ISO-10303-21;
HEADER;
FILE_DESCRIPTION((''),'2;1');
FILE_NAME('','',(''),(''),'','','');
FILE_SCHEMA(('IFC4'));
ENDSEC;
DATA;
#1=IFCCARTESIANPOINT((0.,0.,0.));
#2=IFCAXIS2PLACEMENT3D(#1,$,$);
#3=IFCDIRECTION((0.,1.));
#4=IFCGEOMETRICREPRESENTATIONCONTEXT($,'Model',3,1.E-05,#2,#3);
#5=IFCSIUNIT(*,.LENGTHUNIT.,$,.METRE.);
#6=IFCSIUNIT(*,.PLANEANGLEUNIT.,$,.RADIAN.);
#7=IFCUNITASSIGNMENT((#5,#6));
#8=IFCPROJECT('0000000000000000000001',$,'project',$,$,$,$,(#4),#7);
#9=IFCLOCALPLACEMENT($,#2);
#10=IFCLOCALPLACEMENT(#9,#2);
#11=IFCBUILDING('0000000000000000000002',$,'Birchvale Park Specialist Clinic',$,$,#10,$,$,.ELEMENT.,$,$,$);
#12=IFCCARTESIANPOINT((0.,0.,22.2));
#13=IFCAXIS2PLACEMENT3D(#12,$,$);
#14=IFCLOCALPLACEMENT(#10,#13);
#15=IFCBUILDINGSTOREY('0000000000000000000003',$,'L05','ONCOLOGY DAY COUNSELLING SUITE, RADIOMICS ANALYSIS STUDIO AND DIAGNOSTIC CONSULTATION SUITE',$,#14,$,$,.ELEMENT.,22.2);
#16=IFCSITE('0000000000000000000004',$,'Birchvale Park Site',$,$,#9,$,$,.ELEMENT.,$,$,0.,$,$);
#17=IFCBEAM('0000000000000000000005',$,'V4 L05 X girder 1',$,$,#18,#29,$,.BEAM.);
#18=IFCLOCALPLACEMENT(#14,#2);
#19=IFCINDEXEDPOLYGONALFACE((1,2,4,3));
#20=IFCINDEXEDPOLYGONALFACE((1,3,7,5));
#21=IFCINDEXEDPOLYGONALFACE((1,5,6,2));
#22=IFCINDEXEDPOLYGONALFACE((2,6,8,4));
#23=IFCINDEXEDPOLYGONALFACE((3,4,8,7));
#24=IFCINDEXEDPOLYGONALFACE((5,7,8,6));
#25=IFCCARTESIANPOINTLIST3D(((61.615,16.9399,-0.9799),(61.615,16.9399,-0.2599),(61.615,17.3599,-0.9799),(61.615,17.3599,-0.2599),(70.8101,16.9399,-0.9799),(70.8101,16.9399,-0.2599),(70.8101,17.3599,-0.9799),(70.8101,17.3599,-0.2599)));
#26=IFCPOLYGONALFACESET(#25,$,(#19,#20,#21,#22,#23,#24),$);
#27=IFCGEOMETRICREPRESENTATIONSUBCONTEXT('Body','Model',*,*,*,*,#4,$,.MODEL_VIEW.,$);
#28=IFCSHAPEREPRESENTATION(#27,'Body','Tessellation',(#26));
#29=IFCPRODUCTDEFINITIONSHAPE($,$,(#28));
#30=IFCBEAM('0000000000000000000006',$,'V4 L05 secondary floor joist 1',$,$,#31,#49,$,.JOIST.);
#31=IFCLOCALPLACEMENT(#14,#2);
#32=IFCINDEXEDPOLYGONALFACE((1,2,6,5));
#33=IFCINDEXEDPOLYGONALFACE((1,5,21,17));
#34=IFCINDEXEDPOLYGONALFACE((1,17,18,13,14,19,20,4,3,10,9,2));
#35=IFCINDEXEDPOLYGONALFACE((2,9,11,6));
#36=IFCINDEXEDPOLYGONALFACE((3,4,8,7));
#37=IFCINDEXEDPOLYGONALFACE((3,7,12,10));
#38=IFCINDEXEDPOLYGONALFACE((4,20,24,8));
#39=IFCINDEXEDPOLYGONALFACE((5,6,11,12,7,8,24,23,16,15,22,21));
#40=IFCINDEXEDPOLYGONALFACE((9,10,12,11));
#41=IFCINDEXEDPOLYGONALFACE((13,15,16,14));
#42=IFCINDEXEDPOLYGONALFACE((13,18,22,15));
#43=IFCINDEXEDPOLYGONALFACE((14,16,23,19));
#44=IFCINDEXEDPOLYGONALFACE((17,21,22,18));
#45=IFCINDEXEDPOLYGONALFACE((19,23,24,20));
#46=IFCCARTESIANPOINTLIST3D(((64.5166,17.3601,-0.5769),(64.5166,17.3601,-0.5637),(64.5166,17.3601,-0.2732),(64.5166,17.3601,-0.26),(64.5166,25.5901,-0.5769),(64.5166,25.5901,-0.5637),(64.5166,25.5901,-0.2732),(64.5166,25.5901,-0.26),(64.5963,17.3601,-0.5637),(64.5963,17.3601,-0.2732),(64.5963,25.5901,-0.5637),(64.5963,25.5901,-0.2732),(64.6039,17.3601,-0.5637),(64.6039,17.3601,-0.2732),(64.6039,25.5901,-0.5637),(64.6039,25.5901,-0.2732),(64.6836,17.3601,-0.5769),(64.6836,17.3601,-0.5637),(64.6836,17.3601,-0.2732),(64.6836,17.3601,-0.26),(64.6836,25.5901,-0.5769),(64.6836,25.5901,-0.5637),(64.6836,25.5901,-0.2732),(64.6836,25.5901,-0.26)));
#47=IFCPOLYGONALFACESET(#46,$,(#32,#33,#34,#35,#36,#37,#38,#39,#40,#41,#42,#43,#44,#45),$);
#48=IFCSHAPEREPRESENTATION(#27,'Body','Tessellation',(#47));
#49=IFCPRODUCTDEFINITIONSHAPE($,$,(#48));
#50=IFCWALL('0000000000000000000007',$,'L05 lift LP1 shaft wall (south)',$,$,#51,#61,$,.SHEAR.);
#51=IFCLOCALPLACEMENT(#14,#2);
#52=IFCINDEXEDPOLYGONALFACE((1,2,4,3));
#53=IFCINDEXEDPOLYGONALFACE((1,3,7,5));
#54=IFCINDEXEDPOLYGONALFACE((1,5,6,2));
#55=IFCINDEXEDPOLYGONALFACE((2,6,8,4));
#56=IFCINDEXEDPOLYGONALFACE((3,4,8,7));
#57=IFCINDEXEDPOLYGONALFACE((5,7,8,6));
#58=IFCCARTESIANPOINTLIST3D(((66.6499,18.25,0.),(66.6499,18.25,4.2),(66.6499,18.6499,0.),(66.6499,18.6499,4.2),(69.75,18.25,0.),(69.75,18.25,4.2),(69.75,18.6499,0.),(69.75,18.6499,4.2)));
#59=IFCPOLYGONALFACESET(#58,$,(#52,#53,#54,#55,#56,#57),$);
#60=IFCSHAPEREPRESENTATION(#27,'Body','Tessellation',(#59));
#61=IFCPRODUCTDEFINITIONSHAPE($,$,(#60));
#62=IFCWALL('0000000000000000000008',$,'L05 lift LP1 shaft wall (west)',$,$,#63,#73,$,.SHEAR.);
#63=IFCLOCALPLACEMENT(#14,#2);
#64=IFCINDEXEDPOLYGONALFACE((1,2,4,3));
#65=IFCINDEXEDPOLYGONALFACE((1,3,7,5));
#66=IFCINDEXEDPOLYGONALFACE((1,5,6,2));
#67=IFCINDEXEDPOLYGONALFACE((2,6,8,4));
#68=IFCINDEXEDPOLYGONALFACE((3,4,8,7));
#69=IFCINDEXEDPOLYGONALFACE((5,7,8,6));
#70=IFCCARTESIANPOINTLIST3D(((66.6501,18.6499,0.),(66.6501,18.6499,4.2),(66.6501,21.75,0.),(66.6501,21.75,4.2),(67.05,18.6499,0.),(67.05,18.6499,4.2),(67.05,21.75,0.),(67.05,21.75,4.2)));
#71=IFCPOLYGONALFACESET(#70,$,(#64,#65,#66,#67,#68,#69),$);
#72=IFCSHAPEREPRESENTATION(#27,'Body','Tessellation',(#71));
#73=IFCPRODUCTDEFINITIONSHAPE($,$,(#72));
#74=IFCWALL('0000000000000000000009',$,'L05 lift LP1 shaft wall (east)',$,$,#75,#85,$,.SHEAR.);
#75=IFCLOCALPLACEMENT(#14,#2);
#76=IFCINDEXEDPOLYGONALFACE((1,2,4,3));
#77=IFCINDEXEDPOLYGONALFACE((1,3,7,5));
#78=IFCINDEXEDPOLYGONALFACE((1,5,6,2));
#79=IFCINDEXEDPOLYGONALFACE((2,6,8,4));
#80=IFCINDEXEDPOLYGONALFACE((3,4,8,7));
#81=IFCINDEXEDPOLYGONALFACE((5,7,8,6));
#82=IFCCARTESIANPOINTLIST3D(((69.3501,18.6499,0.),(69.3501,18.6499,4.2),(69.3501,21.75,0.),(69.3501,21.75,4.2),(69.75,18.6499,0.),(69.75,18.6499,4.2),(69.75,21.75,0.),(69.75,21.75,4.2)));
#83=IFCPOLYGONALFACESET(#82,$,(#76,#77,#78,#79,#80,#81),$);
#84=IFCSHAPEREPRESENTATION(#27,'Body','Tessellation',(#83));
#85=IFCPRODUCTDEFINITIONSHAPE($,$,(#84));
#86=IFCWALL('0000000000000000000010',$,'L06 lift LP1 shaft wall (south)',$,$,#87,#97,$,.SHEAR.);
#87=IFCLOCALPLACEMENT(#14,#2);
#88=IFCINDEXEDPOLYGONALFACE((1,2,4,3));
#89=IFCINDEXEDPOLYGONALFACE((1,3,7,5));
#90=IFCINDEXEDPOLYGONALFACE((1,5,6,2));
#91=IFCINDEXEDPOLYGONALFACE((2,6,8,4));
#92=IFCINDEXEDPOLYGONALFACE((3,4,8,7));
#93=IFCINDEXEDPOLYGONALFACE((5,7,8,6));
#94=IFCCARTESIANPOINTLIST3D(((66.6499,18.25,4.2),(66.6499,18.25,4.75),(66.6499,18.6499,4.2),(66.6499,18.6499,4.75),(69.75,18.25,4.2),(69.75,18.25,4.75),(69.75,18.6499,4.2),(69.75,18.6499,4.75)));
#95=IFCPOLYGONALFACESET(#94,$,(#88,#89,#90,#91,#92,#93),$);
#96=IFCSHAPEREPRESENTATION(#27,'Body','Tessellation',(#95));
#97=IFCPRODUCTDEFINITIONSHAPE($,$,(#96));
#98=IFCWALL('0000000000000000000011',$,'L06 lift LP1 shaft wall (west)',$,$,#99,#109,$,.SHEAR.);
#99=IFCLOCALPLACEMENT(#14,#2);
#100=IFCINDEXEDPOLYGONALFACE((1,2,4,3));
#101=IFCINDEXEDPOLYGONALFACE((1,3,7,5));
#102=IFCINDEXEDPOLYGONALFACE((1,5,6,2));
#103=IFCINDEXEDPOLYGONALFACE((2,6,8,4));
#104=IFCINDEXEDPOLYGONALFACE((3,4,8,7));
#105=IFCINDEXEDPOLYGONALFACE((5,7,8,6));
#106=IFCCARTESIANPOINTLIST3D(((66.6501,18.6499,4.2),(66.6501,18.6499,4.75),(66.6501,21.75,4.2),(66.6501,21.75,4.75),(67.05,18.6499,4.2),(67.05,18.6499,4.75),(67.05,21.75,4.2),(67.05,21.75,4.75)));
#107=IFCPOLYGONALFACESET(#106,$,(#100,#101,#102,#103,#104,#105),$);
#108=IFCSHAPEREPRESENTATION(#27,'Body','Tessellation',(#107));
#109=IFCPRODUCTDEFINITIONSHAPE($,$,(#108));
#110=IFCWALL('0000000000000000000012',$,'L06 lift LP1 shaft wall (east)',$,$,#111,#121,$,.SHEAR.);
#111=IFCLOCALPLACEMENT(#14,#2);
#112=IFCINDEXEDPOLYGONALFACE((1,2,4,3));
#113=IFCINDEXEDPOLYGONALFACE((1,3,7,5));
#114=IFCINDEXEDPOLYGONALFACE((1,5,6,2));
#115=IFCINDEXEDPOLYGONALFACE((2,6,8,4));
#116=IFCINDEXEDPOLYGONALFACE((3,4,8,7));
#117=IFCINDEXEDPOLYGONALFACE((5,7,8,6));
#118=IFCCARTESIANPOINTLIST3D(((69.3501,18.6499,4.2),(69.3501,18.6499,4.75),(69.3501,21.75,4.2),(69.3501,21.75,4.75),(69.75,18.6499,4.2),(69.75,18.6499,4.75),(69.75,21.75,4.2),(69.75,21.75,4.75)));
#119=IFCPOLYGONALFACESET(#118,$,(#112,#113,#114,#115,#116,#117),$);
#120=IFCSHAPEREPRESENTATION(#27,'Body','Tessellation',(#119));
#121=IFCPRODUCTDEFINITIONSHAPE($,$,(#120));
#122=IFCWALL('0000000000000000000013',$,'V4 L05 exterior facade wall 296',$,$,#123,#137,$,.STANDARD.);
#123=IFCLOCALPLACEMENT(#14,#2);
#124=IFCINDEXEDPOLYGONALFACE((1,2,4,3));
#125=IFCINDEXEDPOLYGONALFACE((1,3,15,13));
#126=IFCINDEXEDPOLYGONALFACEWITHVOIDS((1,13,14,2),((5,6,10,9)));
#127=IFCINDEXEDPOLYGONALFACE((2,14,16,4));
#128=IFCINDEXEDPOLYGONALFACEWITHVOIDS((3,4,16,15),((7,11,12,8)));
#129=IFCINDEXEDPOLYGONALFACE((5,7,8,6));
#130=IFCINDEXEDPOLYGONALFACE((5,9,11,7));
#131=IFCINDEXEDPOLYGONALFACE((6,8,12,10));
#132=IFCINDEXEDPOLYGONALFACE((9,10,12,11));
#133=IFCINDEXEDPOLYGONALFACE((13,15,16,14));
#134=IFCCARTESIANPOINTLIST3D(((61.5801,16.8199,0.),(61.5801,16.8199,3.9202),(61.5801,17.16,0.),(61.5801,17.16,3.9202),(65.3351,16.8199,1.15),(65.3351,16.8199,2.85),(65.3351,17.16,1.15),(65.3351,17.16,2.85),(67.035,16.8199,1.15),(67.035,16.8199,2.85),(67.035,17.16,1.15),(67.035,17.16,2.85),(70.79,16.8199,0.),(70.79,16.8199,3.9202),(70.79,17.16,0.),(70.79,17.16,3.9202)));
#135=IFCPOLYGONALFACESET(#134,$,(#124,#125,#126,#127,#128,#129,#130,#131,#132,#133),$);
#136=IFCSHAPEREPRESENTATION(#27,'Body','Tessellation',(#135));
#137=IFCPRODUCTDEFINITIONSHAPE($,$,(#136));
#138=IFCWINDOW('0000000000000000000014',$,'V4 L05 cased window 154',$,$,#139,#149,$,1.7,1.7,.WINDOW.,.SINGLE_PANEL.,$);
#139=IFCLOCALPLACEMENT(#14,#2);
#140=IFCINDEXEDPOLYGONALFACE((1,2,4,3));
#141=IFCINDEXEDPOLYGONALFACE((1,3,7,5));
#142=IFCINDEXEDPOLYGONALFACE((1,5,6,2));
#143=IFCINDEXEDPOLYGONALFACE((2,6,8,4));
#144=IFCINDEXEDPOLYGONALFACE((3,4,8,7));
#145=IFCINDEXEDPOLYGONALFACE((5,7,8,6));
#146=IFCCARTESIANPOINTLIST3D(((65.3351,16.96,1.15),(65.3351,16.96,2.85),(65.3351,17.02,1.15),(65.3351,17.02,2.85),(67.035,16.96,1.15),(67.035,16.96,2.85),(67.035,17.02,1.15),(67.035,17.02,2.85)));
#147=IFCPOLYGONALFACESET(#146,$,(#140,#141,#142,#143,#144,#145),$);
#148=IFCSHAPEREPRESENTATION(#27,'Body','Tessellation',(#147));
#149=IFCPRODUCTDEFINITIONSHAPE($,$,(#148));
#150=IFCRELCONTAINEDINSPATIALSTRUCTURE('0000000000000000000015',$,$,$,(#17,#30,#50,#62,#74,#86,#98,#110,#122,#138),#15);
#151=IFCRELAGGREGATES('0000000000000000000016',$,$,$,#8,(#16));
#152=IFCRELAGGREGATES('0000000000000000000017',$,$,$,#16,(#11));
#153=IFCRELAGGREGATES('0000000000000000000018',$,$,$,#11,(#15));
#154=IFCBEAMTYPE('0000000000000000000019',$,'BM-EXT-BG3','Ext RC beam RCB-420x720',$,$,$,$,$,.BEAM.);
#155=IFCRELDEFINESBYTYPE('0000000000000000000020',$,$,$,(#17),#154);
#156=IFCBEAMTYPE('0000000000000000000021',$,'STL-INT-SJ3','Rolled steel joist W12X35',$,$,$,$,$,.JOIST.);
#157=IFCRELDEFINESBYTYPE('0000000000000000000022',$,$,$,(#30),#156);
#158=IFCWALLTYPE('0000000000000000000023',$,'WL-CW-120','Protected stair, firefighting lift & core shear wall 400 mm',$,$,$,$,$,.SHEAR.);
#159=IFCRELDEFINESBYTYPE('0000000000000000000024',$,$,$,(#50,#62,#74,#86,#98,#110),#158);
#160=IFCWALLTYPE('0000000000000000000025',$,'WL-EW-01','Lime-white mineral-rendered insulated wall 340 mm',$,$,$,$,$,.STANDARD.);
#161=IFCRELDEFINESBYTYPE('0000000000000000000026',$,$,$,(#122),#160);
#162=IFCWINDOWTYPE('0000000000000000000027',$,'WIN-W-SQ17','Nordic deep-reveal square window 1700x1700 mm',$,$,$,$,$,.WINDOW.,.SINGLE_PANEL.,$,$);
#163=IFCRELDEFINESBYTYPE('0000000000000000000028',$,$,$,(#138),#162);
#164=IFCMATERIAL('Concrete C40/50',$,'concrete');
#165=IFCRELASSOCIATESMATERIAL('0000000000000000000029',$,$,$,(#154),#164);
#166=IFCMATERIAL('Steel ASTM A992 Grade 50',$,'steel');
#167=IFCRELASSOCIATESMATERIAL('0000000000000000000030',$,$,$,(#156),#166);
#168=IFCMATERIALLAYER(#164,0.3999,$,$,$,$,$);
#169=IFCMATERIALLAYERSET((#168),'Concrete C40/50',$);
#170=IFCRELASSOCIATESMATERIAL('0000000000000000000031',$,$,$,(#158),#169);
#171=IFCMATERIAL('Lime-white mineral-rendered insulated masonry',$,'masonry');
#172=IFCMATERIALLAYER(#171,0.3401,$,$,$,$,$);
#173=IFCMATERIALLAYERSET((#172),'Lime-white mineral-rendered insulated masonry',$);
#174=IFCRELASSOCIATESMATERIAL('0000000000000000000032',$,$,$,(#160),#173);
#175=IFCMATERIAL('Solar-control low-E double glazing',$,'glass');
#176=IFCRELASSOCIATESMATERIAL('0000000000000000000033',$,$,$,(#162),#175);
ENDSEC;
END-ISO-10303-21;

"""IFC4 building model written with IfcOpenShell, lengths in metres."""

from ifc_helpers import new_model, si_unit, direction, frame, frame_2d, origin, origin_2d, place, context, subcontext, project, spatial, rectangle, i_section, extrude, material, layer, layer_set, material_profile, profile_set, type_object, element, fill, save


model = new_model("IFC4")

# Units and contexts
model_context = context("Model", 3, precision=1e-05, world=origin(), true_north=direction((0.0, 1.0)))
body_context = subcontext(model_context, "Body", "Model", "MODEL_VIEW")
ifc_project = project(units=[si_unit("LENGTHUNIT", "METRE"), si_unit("PLANEANGLEUNIT", "RADIAN")], contexts=[model_context])

# Site, building, storey
site_placement = place(None, origin())
site = spatial("IfcSite", under=ifc_project, at=site_placement, Name="Birchvale Park Site", CompositionType="ELEMENT", RefElevation=0.0)
building_placement = place(site_placement, origin())
building = spatial("IfcBuilding", under=site, at=building_placement, Name="Birchvale Park Specialist Clinic", CompositionType="ELEMENT")
storey_placement = place(building_placement, frame((0.0, 0.0, 22.2)))
storey = spatial("IfcBuildingStorey", under=building, at=storey_placement, Name="L05", Description="ONCOLOGY DAY COUNSELLING SUITE, RADIOMICS ANALYSIS STUDIO AND DIAGNOSTIC CONSULTATION SUITE", CompositionType="ELEMENT", Elevation=22.2)

# Beams
ifc_material_1 = material(Name="Concrete C40/50", Category="concrete")
ifc_material_profile_1 = material_profile(ifc_material_1, rectangle(XDim=0.4199, YDim=0.72, at=origin_2d()), Name="RCB-420x720")
ifc_profile_set_1 = profile_set([ifc_material_profile_1], Name="Concrete C40/50")
beam_type_1 = type_object("IfcBeamType", Name="BM-EXT-BG3", Description="Ext RC beam RCB-420x720", PredefinedType="BEAM", material=ifc_profile_set_1)
beam_1_placement = place(storey_placement, frame((61.615, 17.1499, -0.6199), z_axis=(1.0, 0.0, 0.0), x_axis=(0.0, 1.0, 0.0)))
element("IfcBeam", 1, at=beam_1_placement, inside=storey, type_object=beam_type_1, Name="V4 L05 X girder 1", PredefinedType="BEAM", context=body_context, shape_type="SweptSolid", body=[
    extrude(rectangle(XDim=0.4199, YDim=0.72, at=origin_2d()), origin(), (0.0, 0.0, 1.0), 9.1951),
])
ifc_material_2 = material(Name="Steel ASTM A992 Grade 50", Category="steel")
ifc_material_profile_2 = material_profile(ifc_material_2, i_section(OverallWidth=0.167, OverallDepth=0.3169, WebThickness=0.0076, FlangeThickness=0.0132, at=origin_2d()), Name="W12X35")
ifc_profile_set_2 = profile_set([ifc_material_profile_2], Name="Steel ASTM A992 Grade 50")
beam_type_2 = type_object("IfcBeamType", Name="STL-INT-SJ3", Description="Rolled steel joist W12X35", PredefinedType="JOIST", material=ifc_profile_set_2)
beam_2_placement = place(storey_placement, frame((64.6001, 17.3601, -0.4185), z_axis=(0.0, 1.0, 0.0), x_axis=(-1.0, 0.0, 0.0)))
element("IfcBeam", 2, at=beam_2_placement, inside=storey, type_object=beam_type_2, Name="V4 L05 secondary floor joist 1", PredefinedType="JOIST", context=body_context, shape_type="SweptSolid", body=[
    extrude(i_section(OverallWidth=0.167, OverallDepth=0.3169, WebThickness=0.0076, FlangeThickness=0.0132, at=origin_2d()), origin(), (0.0, 0.0, 1.0), 8.23),
])

# Walls
ifc_layer_1 = layer(ifc_material_1, 0.3999)
ifc_layer_set_1 = layer_set([ifc_layer_1], Name="Concrete C40/50")
wall_type_1 = type_object("IfcWallType", Name="WL-CW-120", Description="Protected stair, firefighting lift & core shear wall 400 mm", PredefinedType="SHEAR", material=ifc_layer_set_1)
for number, where, z_axis, x_axis, name in (
    (3, (66.6499, 18.45, 0.0), (0.0, 0.0, 1.0), (1.0, 0.0, 0.0), "L05 lift LP1 shaft wall (south)"),
    (4, (66.8501, 18.6499, 0.0), (0.0, 0.0, 1.0), (0.0, 1.0, 0.0), "L05 lift LP1 shaft wall (west)"),
    (5, (69.55, 21.75, 0.0), (0.0, 0.0, 1.0), (0.0, -1.0, 0.0), "L05 lift LP1 shaft wall (east)"),
):
    element("IfcWall", number, at=place(storey_placement, frame(where, z_axis=z_axis, x_axis=x_axis)), inside=storey, type_object=wall_type_1, Name=name, PredefinedType="SHEAR", context=body_context, shape_type="SweptSolid", body=[
        extrude(rectangle(XDim=3.1001, YDim=0.3999, at=frame_2d((1.55, 0.0))), origin(), (0.0, 0.0, 1.0), 4.2),
    ])
for number, where, z_axis, x_axis, name in (
    (6, (66.6499, 18.45, 4.2), (0.0, 0.0, 1.0), (1.0, 0.0, 0.0), "L06 lift LP1 shaft wall (south)"),
    (7, (66.8501, 18.6499, 4.2), (0.0, 0.0, 1.0), (0.0, 1.0, 0.0), "L06 lift LP1 shaft wall (west)"),
    (8, (69.55, 21.75, 4.2), (0.0, 0.0, 1.0), (0.0, -1.0, 0.0), "L06 lift LP1 shaft wall (east)"),
):
    element("IfcWall", number, at=place(storey_placement, frame(where, z_axis=z_axis, x_axis=x_axis)), inside=storey, type_object=wall_type_1, Name=name, PredefinedType="SHEAR", context=body_context, shape_type="SweptSolid", body=[
        extrude(rectangle(XDim=3.1001, YDim=0.3999, at=frame_2d((1.55, 0.0))), origin(), (0.0, 0.0, 1.0), 0.55),
    ])

# Wall, opening, window
ifc_material_3 = material(Name="Lime-white mineral-rendered insulated masonry", Category="masonry")
ifc_layer_2 = layer(ifc_material_3, 0.3401)
ifc_layer_set_2 = layer_set([ifc_layer_2], Name="Lime-white mineral-rendered insulated masonry")
wall_type_2 = type_object("IfcWallType", Name="WL-EW-01", Description="Lime-white mineral-rendered insulated wall 340 mm", PredefinedType="STANDARD", material=ifc_layer_set_2)
wall_1_placement = place(storey_placement, frame((61.5801, 16.99, 0.0), z_axis=(0.0, 0.0, 1.0), x_axis=(1.0, 0.0, 0.0)))
wall_1 = element("IfcWall", 9, at=wall_1_placement, inside=storey, type_object=wall_type_2, Name="V4 L05 exterior facade wall 296", PredefinedType="STANDARD", context=body_context, shape_type="SweptSolid", body=[
    extrude(rectangle(XDim=9.21, YDim=0.3401, at=frame_2d((4.605, 0.0))), origin(), (0.0, 0.0, 1.0), 3.9202),
])
opening_1_placement = place(wall_1_placement, frame((3.7549, 0.0, 1.1499)))
opening_1 = element("IfcOpeningElement", 10, at=opening_1_placement, cuts=wall_1, PredefinedType="OPENING", context=body_context, shape_type="SweptSolid", body=[
    extrude(rectangle(XDim=1.7, YDim=1.7, at=frame_2d((0.8501, 0.8501))), frame((0.0, 0.1802, 0.0), z_axis=(0.0, -1.0, 0.0), x_axis=(1.0, 0.0, 0.0)), (0.0, 0.0, 1.0), 0.3601),
])
ifc_material_4 = material(Name="Solar-control low-E double glazing", Category="glass")
window_type_1 = type_object("IfcWindowType", Name="WIN-W-SQ17", Description="Nordic deep-reveal square window 1700x1700 mm", PartitioningType="SINGLE_PANEL", PredefinedType="WINDOW", material=ifc_material_4)
window_1_placement = place(opening_1_placement, origin())
window_1 = element("IfcWindow", 11, at=window_1_placement, inside=storey, type_object=window_type_1, Name="V4 L05 cased window 154", OverallHeight=1.7, OverallWidth=1.7, PartitioningType="SINGLE_PANEL", PredefinedType="WINDOW", context=body_context, shape_type="SweptSolid", body=[
    extrude(rectangle(XDim=1.7, YDim=1.7, at=frame_2d((0.8501, 0.8501))), frame((0.0, 0.03, 0.0), z_axis=(0.0, -1.0, 0.0), x_axis=(1.0, 0.0, 0.0)), (0.0, 0.0, 1.0), 0.0601),
])
fill(opening_1, window_1)

save(model, "model.ifc")
